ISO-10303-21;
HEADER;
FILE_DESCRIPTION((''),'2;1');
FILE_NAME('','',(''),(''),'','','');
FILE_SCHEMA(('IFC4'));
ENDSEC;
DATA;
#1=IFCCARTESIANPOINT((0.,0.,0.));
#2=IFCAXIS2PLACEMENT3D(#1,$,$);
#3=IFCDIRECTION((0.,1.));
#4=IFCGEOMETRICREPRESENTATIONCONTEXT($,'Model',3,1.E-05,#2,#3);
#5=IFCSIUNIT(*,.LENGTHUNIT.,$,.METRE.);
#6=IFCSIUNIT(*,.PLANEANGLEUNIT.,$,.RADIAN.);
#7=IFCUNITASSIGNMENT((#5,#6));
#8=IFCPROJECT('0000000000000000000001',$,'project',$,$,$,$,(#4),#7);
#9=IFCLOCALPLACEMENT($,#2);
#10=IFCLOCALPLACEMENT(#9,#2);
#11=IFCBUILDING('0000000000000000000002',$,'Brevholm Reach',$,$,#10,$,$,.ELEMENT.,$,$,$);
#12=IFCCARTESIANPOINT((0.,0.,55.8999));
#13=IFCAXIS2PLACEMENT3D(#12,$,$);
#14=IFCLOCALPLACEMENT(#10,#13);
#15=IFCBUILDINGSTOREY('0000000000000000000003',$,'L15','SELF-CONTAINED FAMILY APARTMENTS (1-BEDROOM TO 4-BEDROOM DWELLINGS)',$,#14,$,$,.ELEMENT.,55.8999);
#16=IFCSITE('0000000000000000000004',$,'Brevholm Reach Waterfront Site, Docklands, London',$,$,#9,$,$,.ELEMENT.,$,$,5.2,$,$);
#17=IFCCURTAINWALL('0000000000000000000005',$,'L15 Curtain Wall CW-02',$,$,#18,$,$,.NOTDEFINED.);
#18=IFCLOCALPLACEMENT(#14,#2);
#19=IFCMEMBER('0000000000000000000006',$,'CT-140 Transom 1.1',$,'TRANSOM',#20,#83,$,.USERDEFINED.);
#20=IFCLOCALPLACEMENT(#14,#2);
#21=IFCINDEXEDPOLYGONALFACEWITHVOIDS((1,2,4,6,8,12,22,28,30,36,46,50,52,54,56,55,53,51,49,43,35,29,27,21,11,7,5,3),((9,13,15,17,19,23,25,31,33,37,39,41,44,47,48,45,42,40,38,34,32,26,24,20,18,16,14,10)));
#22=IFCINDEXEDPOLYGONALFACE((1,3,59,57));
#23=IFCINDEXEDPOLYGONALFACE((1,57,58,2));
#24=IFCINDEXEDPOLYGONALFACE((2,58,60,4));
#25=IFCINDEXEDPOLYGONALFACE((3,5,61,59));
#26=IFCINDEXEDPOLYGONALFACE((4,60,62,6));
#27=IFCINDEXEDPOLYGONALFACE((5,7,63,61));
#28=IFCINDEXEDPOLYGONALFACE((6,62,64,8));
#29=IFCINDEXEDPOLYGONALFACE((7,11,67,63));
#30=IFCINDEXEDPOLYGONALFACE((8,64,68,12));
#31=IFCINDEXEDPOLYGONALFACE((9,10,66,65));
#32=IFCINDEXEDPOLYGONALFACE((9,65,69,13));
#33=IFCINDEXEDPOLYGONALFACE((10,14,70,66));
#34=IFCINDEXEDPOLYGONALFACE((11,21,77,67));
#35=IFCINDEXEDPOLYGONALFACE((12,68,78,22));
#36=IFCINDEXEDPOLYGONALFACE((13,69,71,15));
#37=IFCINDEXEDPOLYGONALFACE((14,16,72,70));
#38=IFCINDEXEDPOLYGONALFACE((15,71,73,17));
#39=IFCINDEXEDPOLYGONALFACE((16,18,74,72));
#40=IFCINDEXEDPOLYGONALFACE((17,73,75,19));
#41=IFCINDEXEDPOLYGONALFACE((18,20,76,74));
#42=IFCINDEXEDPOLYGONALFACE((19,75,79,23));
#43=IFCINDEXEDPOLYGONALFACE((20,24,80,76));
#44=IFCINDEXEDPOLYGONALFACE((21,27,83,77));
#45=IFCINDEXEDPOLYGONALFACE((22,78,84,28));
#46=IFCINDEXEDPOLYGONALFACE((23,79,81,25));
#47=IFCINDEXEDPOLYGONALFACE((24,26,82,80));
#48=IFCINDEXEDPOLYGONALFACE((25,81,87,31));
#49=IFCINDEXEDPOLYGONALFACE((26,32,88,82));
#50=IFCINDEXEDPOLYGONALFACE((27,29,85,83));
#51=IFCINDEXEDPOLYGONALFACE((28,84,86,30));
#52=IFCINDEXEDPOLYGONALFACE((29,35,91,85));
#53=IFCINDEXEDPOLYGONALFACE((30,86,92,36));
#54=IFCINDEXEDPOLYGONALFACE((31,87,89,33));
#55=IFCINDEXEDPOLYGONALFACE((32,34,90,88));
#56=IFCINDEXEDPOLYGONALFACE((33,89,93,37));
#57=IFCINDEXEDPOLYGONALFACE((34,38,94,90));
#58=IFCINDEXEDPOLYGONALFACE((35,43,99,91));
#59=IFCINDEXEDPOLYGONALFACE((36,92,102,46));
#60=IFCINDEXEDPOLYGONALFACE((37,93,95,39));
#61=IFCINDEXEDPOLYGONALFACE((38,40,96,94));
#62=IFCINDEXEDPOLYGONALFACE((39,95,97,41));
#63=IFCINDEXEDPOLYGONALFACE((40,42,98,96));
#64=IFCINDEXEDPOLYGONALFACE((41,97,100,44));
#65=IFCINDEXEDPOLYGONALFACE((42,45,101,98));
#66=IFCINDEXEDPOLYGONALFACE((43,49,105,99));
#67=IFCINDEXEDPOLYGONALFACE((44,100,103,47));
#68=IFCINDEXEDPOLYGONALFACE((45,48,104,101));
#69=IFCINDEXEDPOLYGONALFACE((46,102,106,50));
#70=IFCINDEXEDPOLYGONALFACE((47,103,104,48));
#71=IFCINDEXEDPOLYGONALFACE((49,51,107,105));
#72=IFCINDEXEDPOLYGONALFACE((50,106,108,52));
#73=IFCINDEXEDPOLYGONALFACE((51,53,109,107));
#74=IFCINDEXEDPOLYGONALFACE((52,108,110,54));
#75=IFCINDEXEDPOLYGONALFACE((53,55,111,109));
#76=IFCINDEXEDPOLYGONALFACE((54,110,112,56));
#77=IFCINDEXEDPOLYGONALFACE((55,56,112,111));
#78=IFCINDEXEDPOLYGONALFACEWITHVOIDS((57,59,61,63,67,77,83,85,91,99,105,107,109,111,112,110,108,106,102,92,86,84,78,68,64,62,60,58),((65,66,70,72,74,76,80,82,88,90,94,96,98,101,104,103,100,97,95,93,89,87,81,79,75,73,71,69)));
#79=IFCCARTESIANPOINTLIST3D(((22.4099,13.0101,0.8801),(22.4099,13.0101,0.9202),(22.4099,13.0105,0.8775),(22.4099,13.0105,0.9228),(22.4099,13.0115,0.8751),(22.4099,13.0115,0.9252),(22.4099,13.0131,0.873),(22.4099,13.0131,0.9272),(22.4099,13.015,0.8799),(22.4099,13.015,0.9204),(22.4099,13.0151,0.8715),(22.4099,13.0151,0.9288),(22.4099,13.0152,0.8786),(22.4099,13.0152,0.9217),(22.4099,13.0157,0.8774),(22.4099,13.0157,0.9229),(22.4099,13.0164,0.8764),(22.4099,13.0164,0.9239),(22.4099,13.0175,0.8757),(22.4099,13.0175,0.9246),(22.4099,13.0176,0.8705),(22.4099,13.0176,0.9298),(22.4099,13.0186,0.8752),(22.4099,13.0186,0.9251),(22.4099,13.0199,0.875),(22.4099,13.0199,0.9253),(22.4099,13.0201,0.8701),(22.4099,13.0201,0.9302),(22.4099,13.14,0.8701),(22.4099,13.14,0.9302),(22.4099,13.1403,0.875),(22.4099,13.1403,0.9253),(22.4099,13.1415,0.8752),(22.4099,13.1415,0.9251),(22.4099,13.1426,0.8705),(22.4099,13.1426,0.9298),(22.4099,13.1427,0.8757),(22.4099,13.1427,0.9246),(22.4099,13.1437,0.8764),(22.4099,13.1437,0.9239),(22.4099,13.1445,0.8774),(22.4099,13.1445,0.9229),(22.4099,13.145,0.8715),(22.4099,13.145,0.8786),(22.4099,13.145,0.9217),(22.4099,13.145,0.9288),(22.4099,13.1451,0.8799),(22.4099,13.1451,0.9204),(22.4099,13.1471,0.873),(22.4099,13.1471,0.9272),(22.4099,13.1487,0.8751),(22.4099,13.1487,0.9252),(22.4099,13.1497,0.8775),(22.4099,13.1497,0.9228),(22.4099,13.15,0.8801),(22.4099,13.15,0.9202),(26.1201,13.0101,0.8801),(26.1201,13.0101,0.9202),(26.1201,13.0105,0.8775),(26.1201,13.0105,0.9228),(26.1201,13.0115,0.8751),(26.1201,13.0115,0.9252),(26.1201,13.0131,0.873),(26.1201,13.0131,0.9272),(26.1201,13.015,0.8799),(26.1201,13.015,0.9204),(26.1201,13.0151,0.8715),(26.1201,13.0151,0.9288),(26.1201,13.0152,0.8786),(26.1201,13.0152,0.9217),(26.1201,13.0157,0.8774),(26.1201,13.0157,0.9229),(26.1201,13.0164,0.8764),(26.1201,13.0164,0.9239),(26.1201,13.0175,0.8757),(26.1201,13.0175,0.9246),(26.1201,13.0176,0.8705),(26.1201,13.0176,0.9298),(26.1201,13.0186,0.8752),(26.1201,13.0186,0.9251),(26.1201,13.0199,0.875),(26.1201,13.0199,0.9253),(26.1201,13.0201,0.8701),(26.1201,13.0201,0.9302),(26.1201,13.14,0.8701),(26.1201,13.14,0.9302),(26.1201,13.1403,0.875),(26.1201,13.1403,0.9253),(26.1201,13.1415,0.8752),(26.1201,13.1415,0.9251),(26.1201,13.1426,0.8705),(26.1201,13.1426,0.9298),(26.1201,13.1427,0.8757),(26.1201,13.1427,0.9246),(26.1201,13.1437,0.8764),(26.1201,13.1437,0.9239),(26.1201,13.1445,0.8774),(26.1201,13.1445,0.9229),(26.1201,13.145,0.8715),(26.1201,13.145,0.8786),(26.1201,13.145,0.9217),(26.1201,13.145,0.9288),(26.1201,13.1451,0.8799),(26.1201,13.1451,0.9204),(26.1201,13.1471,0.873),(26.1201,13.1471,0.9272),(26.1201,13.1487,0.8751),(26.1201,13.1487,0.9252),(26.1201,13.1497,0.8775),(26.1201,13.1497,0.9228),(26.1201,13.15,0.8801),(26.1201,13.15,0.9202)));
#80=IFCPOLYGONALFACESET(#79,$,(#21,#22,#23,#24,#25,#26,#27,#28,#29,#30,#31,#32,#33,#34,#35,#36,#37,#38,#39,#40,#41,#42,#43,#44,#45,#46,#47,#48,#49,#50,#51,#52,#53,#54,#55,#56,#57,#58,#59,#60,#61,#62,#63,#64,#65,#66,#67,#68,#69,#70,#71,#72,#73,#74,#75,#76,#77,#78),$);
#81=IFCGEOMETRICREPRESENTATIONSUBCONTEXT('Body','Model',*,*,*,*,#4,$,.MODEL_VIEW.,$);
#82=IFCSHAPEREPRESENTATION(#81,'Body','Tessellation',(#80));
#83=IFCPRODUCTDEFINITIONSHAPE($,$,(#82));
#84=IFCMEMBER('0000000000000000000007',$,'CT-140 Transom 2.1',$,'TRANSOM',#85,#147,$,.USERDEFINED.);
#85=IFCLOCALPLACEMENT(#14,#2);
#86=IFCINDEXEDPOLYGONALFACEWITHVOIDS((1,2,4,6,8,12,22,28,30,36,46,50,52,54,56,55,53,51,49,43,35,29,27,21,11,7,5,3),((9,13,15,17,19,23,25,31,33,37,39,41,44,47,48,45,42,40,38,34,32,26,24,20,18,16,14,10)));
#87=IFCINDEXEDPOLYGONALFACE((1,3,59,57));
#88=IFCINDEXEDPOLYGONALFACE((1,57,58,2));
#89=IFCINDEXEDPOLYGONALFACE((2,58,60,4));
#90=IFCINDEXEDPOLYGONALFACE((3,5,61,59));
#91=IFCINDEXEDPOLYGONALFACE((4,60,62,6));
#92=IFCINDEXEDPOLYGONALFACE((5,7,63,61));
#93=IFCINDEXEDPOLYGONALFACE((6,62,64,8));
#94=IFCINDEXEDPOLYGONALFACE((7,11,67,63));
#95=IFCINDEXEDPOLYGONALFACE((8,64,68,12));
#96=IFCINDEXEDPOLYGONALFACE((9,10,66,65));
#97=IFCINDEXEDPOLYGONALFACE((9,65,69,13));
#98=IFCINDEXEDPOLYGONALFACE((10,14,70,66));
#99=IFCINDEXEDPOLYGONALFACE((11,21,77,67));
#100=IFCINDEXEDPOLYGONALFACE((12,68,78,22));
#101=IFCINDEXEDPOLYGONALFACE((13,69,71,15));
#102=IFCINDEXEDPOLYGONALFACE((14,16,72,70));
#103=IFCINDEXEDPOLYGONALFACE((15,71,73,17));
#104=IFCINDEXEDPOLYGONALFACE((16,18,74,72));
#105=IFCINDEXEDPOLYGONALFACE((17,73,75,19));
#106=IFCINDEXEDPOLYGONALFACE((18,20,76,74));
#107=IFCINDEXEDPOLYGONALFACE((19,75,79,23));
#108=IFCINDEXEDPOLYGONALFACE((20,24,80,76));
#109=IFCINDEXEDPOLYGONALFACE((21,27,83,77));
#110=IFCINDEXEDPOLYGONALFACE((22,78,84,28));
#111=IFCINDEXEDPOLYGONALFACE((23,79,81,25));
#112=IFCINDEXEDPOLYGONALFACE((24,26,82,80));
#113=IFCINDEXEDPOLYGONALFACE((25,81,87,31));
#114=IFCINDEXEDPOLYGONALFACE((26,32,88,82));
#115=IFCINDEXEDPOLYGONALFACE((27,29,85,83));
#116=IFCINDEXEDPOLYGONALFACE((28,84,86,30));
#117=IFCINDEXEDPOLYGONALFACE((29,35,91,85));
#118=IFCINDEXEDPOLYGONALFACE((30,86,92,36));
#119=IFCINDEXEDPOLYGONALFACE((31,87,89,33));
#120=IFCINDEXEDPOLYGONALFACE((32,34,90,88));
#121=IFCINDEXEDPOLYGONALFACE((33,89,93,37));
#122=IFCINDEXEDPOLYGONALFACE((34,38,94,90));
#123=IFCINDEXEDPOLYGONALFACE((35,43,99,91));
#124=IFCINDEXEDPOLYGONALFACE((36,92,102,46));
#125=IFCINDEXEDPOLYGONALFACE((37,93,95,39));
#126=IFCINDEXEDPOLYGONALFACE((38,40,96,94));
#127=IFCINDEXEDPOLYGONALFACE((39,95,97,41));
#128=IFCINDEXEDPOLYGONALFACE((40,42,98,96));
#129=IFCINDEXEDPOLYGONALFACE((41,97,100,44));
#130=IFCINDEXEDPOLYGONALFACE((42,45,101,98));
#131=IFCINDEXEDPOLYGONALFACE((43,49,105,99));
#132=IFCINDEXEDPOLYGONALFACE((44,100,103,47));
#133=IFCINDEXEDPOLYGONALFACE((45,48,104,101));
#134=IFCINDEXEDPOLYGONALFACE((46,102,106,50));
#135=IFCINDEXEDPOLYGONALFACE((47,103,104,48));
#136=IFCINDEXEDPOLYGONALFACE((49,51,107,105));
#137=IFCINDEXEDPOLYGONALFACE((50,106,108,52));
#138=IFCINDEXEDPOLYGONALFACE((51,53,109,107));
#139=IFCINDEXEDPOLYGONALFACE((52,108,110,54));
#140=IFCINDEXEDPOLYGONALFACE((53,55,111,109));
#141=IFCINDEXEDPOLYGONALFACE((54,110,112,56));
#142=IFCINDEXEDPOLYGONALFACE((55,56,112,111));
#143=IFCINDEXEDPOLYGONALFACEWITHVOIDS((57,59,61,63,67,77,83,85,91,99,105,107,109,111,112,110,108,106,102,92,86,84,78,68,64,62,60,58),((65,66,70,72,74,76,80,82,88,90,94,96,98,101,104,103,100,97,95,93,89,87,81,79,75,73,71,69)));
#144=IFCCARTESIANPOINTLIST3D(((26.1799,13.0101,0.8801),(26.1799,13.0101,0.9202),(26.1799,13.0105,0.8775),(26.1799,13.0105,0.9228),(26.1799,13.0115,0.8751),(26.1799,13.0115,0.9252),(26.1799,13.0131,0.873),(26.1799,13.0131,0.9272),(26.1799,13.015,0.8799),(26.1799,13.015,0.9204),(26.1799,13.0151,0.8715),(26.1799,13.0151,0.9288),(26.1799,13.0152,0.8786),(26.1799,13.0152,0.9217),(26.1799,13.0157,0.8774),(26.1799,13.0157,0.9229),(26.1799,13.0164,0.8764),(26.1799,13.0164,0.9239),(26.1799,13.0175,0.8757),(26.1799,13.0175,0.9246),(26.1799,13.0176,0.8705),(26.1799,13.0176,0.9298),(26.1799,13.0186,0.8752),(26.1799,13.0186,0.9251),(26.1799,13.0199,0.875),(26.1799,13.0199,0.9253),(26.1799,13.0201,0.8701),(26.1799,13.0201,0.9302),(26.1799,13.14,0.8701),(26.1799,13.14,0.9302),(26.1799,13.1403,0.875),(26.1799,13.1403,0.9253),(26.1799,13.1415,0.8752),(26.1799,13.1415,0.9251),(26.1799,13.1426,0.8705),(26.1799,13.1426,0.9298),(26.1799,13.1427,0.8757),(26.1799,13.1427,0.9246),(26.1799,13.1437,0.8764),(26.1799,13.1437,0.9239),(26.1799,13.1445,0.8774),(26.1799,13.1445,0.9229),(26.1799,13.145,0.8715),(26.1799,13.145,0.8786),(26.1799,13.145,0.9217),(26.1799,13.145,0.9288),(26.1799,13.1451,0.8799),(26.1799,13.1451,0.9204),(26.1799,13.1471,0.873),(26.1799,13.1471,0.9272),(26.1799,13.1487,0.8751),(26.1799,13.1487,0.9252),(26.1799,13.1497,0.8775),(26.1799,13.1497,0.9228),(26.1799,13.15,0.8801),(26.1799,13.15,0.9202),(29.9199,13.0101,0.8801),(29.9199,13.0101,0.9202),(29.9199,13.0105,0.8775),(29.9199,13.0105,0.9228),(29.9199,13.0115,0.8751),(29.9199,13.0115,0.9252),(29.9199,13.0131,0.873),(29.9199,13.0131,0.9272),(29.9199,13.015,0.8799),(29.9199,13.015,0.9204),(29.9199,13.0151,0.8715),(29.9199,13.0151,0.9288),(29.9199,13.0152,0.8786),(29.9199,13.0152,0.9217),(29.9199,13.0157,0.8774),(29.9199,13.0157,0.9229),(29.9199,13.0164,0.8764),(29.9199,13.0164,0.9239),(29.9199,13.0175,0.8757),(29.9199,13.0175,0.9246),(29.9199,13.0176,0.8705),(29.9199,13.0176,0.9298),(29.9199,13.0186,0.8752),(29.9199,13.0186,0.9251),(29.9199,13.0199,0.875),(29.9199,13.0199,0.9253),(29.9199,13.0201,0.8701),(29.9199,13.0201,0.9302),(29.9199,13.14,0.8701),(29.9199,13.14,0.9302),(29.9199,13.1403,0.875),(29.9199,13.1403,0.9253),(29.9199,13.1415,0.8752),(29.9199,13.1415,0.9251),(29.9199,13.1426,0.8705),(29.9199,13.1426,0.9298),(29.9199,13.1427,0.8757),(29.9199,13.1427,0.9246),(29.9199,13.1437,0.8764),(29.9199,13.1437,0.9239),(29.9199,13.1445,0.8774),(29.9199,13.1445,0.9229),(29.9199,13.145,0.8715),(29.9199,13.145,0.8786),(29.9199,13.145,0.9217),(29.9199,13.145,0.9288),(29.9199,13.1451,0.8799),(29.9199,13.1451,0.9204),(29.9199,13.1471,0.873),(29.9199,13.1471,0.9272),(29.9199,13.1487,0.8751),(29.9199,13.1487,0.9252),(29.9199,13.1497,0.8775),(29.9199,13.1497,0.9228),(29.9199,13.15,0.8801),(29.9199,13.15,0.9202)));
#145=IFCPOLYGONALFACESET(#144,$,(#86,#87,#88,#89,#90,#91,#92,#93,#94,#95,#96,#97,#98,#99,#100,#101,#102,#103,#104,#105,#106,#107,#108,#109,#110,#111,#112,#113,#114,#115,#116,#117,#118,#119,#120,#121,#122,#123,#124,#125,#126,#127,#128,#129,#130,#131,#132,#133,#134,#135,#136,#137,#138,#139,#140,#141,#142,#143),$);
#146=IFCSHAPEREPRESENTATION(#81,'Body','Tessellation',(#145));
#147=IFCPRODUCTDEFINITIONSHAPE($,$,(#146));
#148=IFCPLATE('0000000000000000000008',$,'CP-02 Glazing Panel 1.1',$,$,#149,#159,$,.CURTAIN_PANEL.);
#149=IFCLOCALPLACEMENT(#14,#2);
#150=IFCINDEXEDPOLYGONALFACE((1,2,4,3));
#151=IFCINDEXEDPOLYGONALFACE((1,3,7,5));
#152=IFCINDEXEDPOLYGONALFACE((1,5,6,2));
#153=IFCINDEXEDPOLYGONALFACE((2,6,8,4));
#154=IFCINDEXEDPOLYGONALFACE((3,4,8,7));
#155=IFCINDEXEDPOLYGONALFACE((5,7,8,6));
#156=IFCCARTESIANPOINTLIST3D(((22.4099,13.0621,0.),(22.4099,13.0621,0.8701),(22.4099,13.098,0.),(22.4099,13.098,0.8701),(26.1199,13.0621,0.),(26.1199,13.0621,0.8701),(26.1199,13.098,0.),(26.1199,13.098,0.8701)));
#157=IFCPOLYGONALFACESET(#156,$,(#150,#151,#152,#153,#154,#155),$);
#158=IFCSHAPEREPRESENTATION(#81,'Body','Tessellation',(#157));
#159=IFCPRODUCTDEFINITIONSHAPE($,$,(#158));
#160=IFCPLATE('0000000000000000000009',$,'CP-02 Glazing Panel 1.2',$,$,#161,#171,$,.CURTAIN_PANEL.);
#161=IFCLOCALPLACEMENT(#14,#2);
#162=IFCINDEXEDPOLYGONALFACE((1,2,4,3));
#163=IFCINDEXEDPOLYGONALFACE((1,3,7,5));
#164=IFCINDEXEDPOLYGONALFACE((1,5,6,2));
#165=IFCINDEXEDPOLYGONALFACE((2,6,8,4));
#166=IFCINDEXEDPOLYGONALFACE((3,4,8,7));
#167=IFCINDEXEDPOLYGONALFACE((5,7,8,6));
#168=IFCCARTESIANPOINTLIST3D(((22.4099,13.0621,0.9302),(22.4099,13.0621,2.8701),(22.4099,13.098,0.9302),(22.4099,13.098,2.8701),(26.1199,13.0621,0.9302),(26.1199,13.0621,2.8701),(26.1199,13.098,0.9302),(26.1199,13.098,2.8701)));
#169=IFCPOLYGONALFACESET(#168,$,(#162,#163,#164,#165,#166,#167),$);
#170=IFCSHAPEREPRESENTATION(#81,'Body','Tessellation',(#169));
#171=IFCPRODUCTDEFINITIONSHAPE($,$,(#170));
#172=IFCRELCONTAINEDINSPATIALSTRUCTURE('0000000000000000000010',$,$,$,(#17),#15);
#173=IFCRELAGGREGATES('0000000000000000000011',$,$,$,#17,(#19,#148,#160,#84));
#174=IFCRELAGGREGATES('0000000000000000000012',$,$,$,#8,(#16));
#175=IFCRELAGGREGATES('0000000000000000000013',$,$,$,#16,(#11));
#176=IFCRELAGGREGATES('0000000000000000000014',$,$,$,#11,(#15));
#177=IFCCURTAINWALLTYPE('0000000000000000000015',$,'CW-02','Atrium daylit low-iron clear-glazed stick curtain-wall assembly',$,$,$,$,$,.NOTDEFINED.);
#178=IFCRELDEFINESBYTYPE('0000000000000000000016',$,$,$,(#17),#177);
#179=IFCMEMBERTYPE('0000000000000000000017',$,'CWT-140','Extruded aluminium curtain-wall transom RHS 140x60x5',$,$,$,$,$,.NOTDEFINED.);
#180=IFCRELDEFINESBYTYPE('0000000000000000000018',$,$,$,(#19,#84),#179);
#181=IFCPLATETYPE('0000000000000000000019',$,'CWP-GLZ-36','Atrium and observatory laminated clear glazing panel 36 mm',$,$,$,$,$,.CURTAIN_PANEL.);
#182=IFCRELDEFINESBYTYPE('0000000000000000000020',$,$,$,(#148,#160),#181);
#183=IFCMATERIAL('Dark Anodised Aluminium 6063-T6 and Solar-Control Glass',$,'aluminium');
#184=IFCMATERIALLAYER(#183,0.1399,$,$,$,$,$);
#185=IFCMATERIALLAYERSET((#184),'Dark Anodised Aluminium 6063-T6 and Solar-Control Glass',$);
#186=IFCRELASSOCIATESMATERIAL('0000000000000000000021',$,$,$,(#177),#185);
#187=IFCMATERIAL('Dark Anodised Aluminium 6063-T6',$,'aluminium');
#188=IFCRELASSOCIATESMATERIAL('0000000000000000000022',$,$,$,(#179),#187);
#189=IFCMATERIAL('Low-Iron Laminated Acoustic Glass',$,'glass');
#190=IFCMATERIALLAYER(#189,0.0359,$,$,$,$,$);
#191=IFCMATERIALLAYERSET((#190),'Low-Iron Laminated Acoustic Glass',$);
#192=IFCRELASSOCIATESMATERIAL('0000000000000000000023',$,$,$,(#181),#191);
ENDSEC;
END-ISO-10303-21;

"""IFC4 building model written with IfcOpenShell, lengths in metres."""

from ifc_helpers import new_model, si_unit, direction, frame, origin, origin_2d, place, context, subcontext, project, spatial, rectangle, hollow_rectangle, extrude, material, layer, layer_set, material_profile, profile_set, type_object, element, aggregate, save


model = new_model("IFC4")

# Units and contexts
model_context = context("Model", 3, precision=1e-05, world=origin(), true_north=direction((0.0, 1.0)))
body_context = subcontext(model_context, "Body", "Model", "MODEL_VIEW")
ifc_project = project(units=[si_unit("LENGTHUNIT", "METRE"), si_unit("PLANEANGLEUNIT", "RADIAN")], contexts=[model_context])

# Site, building, storey
site_placement = place(None, origin())
site = spatial("IfcSite", under=ifc_project, at=site_placement, Name="Brevholm Reach Waterfront Site, Docklands, London", CompositionType="ELEMENT", RefElevation=5.2)
building_placement = place(site_placement, origin())
building = spatial("IfcBuilding", under=site, at=building_placement, Name="Brevholm Reach", CompositionType="ELEMENT")
storey_placement = place(building_placement, frame((0.0, 0.0, 55.8999)))
storey = spatial("IfcBuildingStorey", under=building, at=storey_placement, Name="L15", Description="SELF-CONTAINED FAMILY APARTMENTS (1-BEDROOM TO 4-BEDROOM DWELLINGS)", CompositionType="ELEMENT", Elevation=55.8999)

# Curtain wall, members, plates
ifc_material_1 = material(Name="Dark Anodised Aluminium 6063-T6 and Solar-Control Glass", Category="aluminium")
ifc_layer_1 = layer(ifc_material_1, 0.1399)
ifc_layer_set_1 = layer_set([ifc_layer_1], Name="Dark Anodised Aluminium 6063-T6 and Solar-Control Glass")
curtain_wall_type = type_object("IfcCurtainWallType", Name="CW-02", Description="Atrium daylit low-iron clear-glazed stick curtain-wall assembly", PredefinedType="NOTDEFINED", material=ifc_layer_set_1)
curtain_wall_placement = place(storey_placement, origin())
curtain_wall = element("IfcCurtainWall", 1, at=curtain_wall_placement, inside=storey, type_object=curtain_wall_type, Name="L15 Curtain Wall CW-02", PredefinedType="NOTDEFINED")
ifc_material_2 = material(Name="Dark Anodised Aluminium 6063-T6", Category="aluminium")
ifc_material_profile_1 = material_profile(ifc_material_2, hollow_rectangle(XDim=0.0601, YDim=0.1399, WallThickness=0.0049, InnerFilletRadius=0.0049, OuterFilletRadius=0.01, at=origin_2d()), Name="RHS 140x60x5")
ifc_profile_set_1 = profile_set([ifc_material_profile_1], Name="Dark Anodised Aluminium 6063-T6")
member_type_1 = type_object("IfcMemberType", Name="CWT-140", Description="Extruded aluminium curtain-wall transom RHS 140x60x5", PredefinedType="NOTDEFINED", material=ifc_profile_set_1)
member_1_placement = place(storey_placement, frame((22.4099, 13.0801, 0.9001), z_axis=(1.0, 0.0, 0.0), x_axis=(0.0, 0.0, 1.0)))
member_1 = element("IfcMember", 2, at=member_1_placement, type_object=member_type_1, Name="CT-140 Transom 1.1", ObjectType="TRANSOM", PredefinedType="USERDEFINED", context=body_context, shape_type="SweptSolid", body=[
    extrude(hollow_rectangle(XDim=0.0601, YDim=0.1399, WallThickness=0.0049, InnerFilletRadius=0.0049, OuterFilletRadius=0.01, at=origin_2d()), origin(), (0.0, 0.0, 1.0), 3.7102),
])
member_2_placement = place(storey_placement, frame((26.1799, 13.0801, 0.9001), z_axis=(1.0, 0.0, 0.0), x_axis=(0.0, 0.0, 1.0)))
member_2 = element("IfcMember", 3, at=member_2_placement, type_object=member_type_1, Name="CT-140 Transom 2.1", ObjectType="TRANSOM", PredefinedType="USERDEFINED", context=body_context, shape_type="SweptSolid", body=[
    extrude(hollow_rectangle(XDim=0.0601, YDim=0.1399, WallThickness=0.0049, InnerFilletRadius=0.0049, OuterFilletRadius=0.01, at=origin_2d()), origin(), (0.0, 0.0, 1.0), 3.74),
])
ifc_material_3 = material(Name="Low-Iron Laminated Acoustic Glass", Category="glass")
ifc_layer_2 = layer(ifc_material_3, 0.0359)
ifc_layer_set_2 = layer_set([ifc_layer_2], Name="Low-Iron Laminated Acoustic Glass")
plate_type = type_object("IfcPlateType", Name="CWP-GLZ-36", Description="Atrium and observatory laminated clear glazing panel 36 mm", PredefinedType="CURTAIN_PANEL", material=ifc_layer_set_2)
plate_1_placement = place(storey_placement, frame((24.2649, 13.0801, 0.0), z_axis=(0.0, 0.0, 1.0), x_axis=(1.0, 0.0, 0.0)))
plate_1 = element("IfcPlate", 4, at=plate_1_placement, type_object=plate_type, Name="CP-02 Glazing Panel 1.1", PredefinedType="CURTAIN_PANEL", context=body_context, shape_type="SweptSolid", body=[
    extrude(rectangle(XDim=3.71, YDim=0.0359, at=origin_2d()), origin(), (0.0, 0.0, 1.0), 0.8701),
])
plate_2_placement = place(storey_placement, frame((24.2649, 13.0801, 0.9302), z_axis=(0.0, 0.0, 1.0), x_axis=(1.0, 0.0, 0.0)))
plate_2 = element("IfcPlate", 5, at=plate_2_placement, type_object=plate_type, Name="CP-02 Glazing Panel 1.2", PredefinedType="CURTAIN_PANEL", context=body_context, shape_type="SweptSolid", body=[
    extrude(rectangle(XDim=3.71, YDim=0.0359, at=origin_2d()), origin(), (0.0, 0.0, 1.0), 1.9399),
])
aggregate(curtain_wall, [member_1, plate_1, plate_2, member_2])

save(model, "model.ifc")
